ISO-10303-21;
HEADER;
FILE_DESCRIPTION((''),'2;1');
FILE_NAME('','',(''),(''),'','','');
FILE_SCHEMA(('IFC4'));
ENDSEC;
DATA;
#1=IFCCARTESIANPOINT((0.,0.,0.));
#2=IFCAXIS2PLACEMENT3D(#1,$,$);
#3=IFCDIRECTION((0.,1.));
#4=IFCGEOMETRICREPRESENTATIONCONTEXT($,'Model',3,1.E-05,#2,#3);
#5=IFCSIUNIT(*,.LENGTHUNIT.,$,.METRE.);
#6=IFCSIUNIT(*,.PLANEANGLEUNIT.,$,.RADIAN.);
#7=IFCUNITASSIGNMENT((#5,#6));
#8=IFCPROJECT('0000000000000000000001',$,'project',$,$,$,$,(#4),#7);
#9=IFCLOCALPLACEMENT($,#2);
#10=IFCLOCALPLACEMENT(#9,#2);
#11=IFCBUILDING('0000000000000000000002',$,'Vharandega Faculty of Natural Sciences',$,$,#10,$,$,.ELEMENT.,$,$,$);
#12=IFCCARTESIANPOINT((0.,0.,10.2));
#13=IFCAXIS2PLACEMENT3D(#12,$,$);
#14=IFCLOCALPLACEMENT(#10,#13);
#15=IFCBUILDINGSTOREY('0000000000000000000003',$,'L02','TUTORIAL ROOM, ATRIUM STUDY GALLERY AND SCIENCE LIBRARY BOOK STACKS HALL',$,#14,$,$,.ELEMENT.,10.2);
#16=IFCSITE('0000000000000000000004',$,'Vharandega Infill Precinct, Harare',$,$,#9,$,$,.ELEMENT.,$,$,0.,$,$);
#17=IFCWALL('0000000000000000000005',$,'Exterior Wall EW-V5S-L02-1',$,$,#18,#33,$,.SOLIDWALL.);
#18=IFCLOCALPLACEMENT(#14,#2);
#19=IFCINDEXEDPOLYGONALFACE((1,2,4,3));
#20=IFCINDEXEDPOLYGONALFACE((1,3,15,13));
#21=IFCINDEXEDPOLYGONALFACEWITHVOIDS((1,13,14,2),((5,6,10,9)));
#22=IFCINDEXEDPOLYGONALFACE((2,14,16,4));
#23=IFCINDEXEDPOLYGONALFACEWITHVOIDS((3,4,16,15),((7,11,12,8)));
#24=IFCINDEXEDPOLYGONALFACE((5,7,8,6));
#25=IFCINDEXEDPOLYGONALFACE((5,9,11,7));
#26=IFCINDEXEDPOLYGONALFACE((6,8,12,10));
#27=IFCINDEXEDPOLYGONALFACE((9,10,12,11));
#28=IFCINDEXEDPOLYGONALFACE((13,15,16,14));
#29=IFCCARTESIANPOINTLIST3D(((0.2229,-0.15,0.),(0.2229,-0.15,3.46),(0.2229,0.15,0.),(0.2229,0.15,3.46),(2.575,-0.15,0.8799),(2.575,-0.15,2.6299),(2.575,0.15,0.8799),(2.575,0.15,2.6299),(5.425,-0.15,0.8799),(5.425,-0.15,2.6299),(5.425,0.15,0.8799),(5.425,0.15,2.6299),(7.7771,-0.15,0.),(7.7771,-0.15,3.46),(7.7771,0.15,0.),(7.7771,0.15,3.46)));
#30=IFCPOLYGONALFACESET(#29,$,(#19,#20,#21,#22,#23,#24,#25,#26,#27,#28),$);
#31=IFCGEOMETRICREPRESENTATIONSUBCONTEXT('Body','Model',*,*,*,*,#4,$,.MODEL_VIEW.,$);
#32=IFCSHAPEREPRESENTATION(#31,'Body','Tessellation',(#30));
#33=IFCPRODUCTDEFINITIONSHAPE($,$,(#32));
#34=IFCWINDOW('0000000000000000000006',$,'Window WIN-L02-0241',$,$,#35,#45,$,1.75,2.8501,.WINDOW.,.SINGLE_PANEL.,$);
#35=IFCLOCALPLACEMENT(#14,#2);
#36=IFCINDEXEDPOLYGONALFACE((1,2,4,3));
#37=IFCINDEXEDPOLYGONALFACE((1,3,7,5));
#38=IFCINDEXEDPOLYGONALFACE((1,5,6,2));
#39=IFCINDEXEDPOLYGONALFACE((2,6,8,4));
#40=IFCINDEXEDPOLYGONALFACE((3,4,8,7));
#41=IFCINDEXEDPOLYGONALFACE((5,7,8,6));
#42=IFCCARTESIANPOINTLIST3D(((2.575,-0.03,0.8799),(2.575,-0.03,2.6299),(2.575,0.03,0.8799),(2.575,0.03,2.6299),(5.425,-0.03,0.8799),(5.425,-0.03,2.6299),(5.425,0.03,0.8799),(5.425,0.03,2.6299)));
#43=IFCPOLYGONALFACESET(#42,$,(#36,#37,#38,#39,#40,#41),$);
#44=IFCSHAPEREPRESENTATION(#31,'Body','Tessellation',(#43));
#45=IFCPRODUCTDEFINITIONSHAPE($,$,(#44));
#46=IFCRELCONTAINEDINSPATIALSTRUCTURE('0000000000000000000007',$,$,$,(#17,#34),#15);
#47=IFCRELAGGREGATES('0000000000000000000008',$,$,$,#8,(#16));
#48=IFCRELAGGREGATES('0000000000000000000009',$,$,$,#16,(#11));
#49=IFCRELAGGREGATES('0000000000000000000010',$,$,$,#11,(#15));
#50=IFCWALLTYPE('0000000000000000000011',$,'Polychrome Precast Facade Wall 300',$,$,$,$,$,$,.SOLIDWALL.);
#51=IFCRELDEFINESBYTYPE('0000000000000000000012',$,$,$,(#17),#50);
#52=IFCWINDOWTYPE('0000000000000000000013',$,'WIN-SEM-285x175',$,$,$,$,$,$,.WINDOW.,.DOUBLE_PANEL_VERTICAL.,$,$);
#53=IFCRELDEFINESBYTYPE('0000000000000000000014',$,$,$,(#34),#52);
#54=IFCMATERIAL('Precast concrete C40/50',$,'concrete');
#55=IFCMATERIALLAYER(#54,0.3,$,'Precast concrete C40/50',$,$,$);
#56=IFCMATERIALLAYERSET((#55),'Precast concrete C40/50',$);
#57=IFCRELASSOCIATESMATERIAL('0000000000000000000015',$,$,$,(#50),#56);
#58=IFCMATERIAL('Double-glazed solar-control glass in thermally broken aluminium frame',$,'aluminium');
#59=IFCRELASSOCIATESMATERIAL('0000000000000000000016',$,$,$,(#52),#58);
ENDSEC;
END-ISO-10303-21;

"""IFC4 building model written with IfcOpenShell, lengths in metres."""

from ifc_helpers import new_model, si_unit, direction, frame, frame_2d, origin, place, context, subcontext, project, spatial, rectangle, extrude, material, layer, layer_set, type_object, element, fill, save


model = new_model("IFC4")

# Units and contexts
model_context = context("Model", 3, precision=1e-05, world=origin(), true_north=direction((0.0, 1.0)))
body_context = subcontext(model_context, "Body", "Model", "MODEL_VIEW")
ifc_project = project(units=[si_unit("LENGTHUNIT", "METRE"), si_unit("PLANEANGLEUNIT", "RADIAN")], contexts=[model_context])

# Site, building, storey
site_placement = place(None, origin())
site = spatial("IfcSite", under=ifc_project, at=site_placement, Name="Vharandega Infill Precinct, Harare", CompositionType="ELEMENT", RefElevation=0.0)
building_placement = place(site_placement, origin())
building = spatial("IfcBuilding", under=site, at=building_placement, Name="Vharandega Faculty of Natural Sciences", CompositionType="ELEMENT")
storey_placement = place(building_placement, frame((0.0, 0.0, 10.2)))
storey = spatial("IfcBuildingStorey", under=building, at=storey_placement, Name="L02", Description="TUTORIAL ROOM, ATRIUM STUDY GALLERY AND SCIENCE LIBRARY BOOK STACKS HALL", CompositionType="ELEMENT", Elevation=10.2)

# Wall, opening, window
ifc_material_1 = material(Name="Precast concrete C40/50", Category="concrete")
ifc_layer_1 = layer(ifc_material_1, 0.3, Name="Precast concrete C40/50")
ifc_layer_set_1 = layer_set([ifc_layer_1], Name="Precast concrete C40/50")
wall_type = type_object("IfcWallType", Name="Polychrome Precast Facade Wall 300", PredefinedType="SOLIDWALL", material=ifc_layer_set_1)
wall_placement = place(storey_placement, frame((7.7771, 0.0, 0.0), z_axis=(0.0, 0.0, 1.0), x_axis=(-1.0, 0.0, 0.0)))
wall = element("IfcWall", 1, at=wall_placement, inside=storey, type_object=wall_type, Name="Exterior Wall EW-V5S-L02-1", PredefinedType="SOLIDWALL", context=body_context, shape_type="SweptSolid", body=[
    extrude(rectangle(XDim=7.5542, YDim=0.3, at=frame_2d((3.7771, 0.0))), origin(), (0.0, 0.0, 1.0), 3.46),
])
opening_placement = place(wall_placement, frame((2.3521, 0.0, 0.8799)))
opening = element("IfcOpeningElement", 2, at=opening_placement, cuts=wall, PredefinedType="OPENING", context=body_context, shape_type="SweptSolid", body=[
    extrude(rectangle(XDim=2.8501, YDim=1.75, at=frame_2d((1.425, 0.875))), frame((0.0, 0.1602, 0.0), z_axis=(0.0, -1.0, 0.0), x_axis=(1.0, 0.0, 0.0)), (0.0, 0.0, 1.0), 0.3201),
])
ifc_material_2 = material(Name="Double-glazed solar-control glass in thermally broken aluminium frame", Category="aluminium")
window_type = type_object("IfcWindowType", Name="WIN-SEM-285x175", PartitioningType="DOUBLE_PANEL_VERTICAL", PredefinedType="WINDOW", material=ifc_material_2)
window_placement = place(opening_placement, origin())
window = element("IfcWindow", 3, at=window_placement, inside=storey, type_object=window_type, Name="Window WIN-L02-0241", OverallHeight=1.75, OverallWidth=2.8501, PartitioningType="SINGLE_PANEL", PredefinedType="WINDOW", context=body_context, shape_type="SweptSolid", body=[
    extrude(rectangle(XDim=2.8501, YDim=1.75, at=frame_2d((1.425, 0.875))), frame((0.0, 0.03, 0.0), z_axis=(0.0, -1.0, 0.0), x_axis=(1.0, 0.0, 0.0)), (0.0, 0.0, 1.0), 0.0601),
])
fill(opening, window)

save(model, "model.ifc")
